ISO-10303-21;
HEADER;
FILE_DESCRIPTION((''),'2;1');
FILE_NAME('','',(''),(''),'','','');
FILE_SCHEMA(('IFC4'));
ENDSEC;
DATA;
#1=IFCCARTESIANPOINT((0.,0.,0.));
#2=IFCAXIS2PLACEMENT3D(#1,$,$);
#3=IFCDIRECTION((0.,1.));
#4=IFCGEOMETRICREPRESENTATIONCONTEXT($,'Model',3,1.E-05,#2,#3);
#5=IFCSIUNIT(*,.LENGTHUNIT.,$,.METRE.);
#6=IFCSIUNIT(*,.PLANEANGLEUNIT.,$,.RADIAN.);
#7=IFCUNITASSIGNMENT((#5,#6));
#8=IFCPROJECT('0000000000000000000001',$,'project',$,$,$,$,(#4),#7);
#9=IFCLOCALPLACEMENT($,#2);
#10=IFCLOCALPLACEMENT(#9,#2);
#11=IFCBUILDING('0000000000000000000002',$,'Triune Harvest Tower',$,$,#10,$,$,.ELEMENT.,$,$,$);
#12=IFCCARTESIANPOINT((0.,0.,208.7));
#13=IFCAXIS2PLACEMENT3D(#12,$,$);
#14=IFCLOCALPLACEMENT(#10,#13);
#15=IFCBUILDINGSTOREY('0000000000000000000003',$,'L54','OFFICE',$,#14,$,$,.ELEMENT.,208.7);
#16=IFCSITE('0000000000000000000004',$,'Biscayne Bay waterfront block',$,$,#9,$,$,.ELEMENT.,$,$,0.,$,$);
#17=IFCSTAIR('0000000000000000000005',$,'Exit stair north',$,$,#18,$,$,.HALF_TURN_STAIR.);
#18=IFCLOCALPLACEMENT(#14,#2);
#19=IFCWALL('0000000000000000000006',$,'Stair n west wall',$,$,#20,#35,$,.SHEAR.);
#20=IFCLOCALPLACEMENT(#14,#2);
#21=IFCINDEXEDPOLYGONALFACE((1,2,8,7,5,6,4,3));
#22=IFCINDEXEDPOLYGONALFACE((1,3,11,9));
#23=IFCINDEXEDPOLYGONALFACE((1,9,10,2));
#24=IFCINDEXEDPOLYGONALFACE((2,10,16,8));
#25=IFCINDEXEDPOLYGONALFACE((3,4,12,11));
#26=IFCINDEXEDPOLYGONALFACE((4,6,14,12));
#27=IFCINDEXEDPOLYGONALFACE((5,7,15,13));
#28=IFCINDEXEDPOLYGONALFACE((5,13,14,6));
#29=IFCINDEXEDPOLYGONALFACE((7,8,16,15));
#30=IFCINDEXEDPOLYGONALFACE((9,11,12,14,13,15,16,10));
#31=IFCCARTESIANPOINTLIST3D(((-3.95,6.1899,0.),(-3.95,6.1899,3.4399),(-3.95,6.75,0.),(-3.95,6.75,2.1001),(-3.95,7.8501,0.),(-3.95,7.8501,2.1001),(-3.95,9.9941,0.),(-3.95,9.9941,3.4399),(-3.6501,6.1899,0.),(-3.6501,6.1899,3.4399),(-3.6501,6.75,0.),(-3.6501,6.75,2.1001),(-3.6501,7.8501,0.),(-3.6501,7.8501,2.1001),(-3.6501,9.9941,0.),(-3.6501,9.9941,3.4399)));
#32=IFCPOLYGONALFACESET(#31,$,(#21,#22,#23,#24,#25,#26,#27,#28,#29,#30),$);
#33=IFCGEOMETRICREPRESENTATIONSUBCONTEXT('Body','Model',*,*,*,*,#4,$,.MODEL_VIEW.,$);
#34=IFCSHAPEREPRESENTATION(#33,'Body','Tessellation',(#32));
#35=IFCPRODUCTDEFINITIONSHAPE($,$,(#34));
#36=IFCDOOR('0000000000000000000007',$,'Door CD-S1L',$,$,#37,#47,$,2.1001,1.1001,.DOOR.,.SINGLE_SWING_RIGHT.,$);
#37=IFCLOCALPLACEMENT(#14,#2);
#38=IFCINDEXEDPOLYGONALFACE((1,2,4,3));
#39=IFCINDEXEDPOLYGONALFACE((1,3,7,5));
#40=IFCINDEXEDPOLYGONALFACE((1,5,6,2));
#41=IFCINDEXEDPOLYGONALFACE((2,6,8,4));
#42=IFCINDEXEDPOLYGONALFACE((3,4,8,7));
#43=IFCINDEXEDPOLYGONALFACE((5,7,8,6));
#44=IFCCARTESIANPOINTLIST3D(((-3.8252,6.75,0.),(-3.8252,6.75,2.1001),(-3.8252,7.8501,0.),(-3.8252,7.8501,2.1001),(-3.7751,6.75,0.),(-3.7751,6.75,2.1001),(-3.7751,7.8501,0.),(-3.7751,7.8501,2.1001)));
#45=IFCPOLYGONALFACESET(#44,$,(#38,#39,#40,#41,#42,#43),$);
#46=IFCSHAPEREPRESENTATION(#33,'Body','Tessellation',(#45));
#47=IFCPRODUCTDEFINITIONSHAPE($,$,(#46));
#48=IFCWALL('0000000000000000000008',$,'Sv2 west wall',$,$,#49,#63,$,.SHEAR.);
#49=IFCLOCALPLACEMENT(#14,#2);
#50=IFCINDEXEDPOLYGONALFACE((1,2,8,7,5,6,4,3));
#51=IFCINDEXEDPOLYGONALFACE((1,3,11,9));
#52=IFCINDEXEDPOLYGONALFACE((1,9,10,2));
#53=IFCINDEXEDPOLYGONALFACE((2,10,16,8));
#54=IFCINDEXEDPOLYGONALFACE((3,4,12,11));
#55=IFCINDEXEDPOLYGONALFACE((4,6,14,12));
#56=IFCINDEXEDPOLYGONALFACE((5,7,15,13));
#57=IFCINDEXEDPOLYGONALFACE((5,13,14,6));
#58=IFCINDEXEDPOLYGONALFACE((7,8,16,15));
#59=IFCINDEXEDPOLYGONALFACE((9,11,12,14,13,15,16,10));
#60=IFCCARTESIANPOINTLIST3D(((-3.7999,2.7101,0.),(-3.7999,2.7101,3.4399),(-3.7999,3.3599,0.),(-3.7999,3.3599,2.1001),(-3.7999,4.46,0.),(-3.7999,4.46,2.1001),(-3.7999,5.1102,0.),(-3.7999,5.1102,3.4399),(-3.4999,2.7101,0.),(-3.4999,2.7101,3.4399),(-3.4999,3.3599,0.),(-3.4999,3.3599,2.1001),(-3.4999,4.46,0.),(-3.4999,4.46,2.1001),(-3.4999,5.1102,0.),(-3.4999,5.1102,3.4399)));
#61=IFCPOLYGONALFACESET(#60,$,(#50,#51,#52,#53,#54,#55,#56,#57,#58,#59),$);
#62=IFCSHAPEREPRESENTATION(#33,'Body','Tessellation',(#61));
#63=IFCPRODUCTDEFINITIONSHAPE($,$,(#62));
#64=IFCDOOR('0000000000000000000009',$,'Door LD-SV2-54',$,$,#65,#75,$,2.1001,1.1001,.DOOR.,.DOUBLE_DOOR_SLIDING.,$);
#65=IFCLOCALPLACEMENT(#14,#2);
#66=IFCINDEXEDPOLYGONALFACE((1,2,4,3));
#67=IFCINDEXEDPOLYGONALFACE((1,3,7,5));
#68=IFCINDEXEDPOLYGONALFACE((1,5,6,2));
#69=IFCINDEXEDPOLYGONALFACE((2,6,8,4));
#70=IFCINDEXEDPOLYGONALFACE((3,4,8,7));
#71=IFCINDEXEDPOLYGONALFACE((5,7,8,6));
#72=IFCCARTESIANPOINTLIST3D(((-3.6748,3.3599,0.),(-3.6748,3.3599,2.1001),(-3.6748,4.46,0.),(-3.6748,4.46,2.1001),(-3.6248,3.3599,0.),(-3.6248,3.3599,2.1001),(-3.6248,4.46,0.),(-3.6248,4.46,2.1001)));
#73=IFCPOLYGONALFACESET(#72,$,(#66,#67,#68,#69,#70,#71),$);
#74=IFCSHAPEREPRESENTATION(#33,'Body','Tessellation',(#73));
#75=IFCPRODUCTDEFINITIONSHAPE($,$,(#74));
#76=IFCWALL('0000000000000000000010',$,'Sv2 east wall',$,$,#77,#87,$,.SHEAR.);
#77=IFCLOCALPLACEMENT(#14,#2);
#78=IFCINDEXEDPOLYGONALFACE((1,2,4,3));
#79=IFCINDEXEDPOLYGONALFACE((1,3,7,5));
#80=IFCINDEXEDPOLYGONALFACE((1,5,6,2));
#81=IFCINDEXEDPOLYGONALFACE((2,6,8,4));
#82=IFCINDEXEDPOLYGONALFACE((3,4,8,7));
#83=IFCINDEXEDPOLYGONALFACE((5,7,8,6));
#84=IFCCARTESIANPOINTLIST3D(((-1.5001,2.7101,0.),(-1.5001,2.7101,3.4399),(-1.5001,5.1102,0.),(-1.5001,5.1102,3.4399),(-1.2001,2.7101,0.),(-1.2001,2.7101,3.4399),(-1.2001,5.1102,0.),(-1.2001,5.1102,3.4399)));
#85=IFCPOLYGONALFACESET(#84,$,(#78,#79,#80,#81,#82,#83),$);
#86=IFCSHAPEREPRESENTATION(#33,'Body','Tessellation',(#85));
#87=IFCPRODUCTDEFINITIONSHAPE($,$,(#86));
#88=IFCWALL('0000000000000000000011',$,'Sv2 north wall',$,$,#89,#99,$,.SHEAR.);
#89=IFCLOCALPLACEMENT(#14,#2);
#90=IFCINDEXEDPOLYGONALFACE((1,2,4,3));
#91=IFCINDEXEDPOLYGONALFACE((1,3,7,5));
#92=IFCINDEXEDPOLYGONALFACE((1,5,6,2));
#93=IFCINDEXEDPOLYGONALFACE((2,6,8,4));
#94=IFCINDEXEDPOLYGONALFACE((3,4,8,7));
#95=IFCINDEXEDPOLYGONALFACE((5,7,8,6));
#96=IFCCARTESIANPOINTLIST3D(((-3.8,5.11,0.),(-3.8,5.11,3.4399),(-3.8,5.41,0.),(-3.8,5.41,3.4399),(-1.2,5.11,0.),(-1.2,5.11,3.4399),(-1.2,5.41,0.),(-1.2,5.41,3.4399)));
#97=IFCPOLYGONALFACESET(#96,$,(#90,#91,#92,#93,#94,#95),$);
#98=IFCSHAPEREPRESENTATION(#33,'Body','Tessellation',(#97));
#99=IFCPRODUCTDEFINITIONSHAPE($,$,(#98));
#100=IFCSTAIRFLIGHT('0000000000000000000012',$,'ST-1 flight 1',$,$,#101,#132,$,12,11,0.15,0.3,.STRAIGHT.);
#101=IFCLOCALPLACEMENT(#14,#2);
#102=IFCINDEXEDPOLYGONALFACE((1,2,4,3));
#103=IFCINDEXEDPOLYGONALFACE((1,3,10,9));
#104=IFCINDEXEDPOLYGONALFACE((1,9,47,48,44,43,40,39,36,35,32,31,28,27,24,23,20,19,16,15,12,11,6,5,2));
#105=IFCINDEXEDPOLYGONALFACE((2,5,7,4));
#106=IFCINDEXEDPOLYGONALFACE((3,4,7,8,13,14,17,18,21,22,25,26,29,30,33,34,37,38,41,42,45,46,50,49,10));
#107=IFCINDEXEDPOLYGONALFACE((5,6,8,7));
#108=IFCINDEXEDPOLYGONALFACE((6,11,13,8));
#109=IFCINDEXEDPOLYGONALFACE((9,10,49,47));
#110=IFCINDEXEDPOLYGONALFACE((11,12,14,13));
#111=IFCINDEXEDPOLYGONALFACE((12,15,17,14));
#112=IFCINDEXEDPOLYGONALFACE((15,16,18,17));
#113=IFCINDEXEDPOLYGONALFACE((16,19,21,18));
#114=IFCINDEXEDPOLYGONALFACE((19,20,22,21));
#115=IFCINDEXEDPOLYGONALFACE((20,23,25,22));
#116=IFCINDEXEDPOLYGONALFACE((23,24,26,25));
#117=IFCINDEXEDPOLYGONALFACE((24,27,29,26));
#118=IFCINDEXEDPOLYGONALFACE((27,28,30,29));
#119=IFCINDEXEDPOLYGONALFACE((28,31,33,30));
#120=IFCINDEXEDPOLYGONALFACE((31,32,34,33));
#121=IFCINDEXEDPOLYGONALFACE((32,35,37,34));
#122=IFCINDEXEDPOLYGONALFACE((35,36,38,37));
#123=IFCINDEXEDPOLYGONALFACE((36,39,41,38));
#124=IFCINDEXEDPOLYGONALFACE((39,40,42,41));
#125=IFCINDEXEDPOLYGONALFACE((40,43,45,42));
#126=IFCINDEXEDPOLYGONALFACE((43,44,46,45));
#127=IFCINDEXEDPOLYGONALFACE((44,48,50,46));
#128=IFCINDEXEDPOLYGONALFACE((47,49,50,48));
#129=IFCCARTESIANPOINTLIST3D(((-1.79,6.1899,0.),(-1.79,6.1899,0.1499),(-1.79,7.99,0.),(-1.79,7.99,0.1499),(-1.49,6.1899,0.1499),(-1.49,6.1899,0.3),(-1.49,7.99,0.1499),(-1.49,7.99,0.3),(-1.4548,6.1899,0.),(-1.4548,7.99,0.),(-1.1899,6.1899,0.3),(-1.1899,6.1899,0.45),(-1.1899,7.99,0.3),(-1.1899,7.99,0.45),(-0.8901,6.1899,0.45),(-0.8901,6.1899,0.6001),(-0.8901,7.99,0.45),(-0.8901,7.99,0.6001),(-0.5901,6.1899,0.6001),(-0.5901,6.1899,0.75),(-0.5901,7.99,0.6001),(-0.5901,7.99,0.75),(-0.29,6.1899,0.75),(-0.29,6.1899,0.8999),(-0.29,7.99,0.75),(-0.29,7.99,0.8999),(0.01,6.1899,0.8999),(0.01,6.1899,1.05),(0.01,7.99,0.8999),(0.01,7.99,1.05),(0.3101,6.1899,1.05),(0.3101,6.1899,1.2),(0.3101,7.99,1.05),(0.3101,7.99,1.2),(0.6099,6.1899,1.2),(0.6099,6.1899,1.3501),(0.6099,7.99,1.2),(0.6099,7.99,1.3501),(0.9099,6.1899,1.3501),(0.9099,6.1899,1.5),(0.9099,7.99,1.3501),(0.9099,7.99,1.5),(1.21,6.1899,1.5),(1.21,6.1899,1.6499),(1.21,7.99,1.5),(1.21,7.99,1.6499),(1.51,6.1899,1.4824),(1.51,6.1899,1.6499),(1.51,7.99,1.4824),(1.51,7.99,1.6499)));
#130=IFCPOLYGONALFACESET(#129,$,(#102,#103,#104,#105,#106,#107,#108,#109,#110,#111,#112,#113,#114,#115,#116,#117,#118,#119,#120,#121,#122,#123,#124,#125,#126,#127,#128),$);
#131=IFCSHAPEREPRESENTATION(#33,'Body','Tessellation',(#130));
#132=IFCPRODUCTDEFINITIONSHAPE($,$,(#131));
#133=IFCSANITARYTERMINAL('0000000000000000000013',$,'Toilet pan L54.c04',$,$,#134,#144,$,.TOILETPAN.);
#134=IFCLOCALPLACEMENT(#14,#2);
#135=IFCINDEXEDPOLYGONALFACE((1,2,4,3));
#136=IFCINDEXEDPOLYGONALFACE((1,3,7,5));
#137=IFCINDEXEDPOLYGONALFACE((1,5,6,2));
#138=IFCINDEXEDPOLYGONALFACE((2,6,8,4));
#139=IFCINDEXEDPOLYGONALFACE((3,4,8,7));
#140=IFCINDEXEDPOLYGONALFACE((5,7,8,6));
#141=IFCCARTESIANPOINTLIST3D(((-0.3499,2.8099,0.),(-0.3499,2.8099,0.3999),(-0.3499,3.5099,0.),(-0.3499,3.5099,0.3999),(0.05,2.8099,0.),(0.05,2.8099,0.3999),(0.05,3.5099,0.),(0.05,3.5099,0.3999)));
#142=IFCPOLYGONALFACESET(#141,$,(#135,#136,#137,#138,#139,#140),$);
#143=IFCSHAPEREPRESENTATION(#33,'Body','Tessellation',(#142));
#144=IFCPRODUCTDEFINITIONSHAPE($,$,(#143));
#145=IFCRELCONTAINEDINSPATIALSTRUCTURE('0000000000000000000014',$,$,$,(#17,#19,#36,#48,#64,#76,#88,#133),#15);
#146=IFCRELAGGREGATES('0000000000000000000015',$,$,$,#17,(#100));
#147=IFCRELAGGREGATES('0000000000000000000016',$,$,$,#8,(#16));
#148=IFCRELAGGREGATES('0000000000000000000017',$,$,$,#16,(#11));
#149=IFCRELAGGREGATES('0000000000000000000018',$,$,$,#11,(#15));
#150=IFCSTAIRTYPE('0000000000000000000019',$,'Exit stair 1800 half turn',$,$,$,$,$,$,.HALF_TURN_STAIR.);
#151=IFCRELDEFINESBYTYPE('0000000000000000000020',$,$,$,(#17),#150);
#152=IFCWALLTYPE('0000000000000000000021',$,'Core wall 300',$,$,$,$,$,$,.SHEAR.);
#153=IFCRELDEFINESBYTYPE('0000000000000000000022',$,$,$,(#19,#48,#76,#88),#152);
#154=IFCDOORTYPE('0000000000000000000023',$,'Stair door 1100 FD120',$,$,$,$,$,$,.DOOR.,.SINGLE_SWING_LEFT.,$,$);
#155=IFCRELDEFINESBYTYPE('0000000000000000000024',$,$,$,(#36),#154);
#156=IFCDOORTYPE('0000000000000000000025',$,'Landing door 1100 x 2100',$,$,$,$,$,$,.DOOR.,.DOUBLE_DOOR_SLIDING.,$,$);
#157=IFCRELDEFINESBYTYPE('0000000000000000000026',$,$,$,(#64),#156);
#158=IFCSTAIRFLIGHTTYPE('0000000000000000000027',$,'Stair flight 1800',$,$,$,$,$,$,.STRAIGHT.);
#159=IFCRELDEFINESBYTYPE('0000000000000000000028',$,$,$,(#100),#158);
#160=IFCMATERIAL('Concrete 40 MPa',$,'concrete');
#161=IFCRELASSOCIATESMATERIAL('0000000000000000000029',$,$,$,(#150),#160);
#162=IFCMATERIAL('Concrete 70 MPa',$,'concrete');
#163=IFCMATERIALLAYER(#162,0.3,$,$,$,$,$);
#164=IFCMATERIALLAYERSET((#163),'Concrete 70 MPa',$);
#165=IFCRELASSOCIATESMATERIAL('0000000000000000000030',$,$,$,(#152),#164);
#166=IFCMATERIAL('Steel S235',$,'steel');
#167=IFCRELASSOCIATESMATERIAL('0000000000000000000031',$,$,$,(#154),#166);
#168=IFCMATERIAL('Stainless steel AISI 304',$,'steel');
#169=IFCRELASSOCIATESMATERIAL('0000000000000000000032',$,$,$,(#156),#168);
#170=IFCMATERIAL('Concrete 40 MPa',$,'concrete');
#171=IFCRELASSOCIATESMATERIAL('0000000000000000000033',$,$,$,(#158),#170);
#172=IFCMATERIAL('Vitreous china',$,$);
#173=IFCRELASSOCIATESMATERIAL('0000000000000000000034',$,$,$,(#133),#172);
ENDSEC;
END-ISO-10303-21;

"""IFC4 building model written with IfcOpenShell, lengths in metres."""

from ifc_helpers import new_model, si_unit, direction, frame, frame_2d, origin, origin_2d, place, context, subcontext, project, spatial, polyline, rectangle, outline, extrude, source, transform, mapped, material, layer, layer_set, type_object, element, fill, aggregate, save


model = new_model("IFC4")

# Units and contexts
model_context = context("Model", 3, precision=1e-05, world=origin(), true_north=direction((0.0, 1.0)))
body_context = subcontext(model_context, "Body", "Model", "MODEL_VIEW")
ifc_project = project(units=[si_unit("LENGTHUNIT", "METRE"), si_unit("PLANEANGLEUNIT", "RADIAN")], contexts=[model_context])

# Site, building, storey
site_placement = place(None, origin())
site = spatial("IfcSite", under=ifc_project, at=site_placement, Name="Biscayne Bay waterfront block", CompositionType="ELEMENT", RefElevation=0.0)
building_placement = place(site_placement, origin())
building = spatial("IfcBuilding", under=site, at=building_placement, Name="Triune Harvest Tower", CompositionType="ELEMENT")
storey_placement = place(building_placement, frame((0.0, 0.0, 208.7)))
storey = spatial("IfcBuildingStorey", under=building, at=storey_placement, Name="L54", Description="OFFICE", CompositionType="ELEMENT", Elevation=208.7)

# Stair
ifc_material_1 = material(Name="Concrete 40 MPa", Category="concrete")
stair_type = type_object("IfcStairType", Name="Exit stair 1800 half turn", PredefinedType="HALF_TURN_STAIR", material=ifc_material_1)
stair_1_placement = place(storey_placement, origin())
stair_1 = element("IfcStair", 1, at=stair_1_placement, inside=storey, type_object=stair_type, Name="Exit stair north", PredefinedType="HALF_TURN_STAIR")

# Shared definitions
ifc_material_2 = material(Name="Concrete 70 MPa", Category="concrete")
ifc_layer_1 = layer(ifc_material_2, 0.3)
ifc_layer_set_1 = layer_set([ifc_layer_1], Name="Concrete 70 MPa")
wall_type = type_object("IfcWallType", Name="Core wall 300", PredefinedType="SHEAR", material=ifc_layer_set_1)

# Walls, openings, doors
shared_shape_1 = source(origin(), body_context, "Body", "SweptSolid", [
    extrude(outline(polyline([(0.0, -0.1499), (0.0, 0.1499), (3.8042, 0.1499), (3.8042, -0.1499), (0.0, -0.1499)])), origin(), (0.0, 0.0, 1.0), 3.4399),
])
wall_1_placement = place(storey_placement, frame((-3.8, 6.1899, 0.0), z_axis=(0.0, 0.0, 1.0), x_axis=(0.0, 1.0, 0.0)))
wall_1 = element("IfcWall", 2, at=wall_1_placement, inside=storey, type_object=wall_type, Name="Stair n west wall", PredefinedType="SHEAR", context=body_context, shape_type="MappedRepresentation", body=[
    mapped(shared_shape_1, transform((0.0, 0.0, 0.0), scale=1.0)),
])
opening_1_placement = place(wall_1_placement, frame((0.5601, 0.0, 0.0)))
opening_1 = element("IfcOpeningElement", 3, at=opening_1_placement, cuts=wall_1, PredefinedType="OPENING", context=body_context, shape_type="SweptSolid", body=[
    extrude(rectangle(XDim=1.1001, YDim=2.1001, at=frame_2d((0.55, 1.05))), frame((0.0, 0.1602, 0.0), z_axis=(0.0, -1.0, 0.0), x_axis=(1.0, 0.0, 0.0)), (0.0, 0.0, 1.0), 0.3201),
])
ifc_material_3 = material(Name="Steel S235", Category="steel")
door_type_1 = type_object("IfcDoorType", Name="Stair door 1100 FD120", OperationType="SINGLE_SWING_LEFT", PredefinedType="DOOR", material=ifc_material_3)
door_1_placement = place(opening_1_placement, frame((1.1001, 0.0, 0.0), z_axis=(0.0, 0.0, 1.0), x_axis=(-1.0, 0.0, 0.0)))
door_1 = element("IfcDoor", 4, at=door_1_placement, inside=storey, type_object=door_type_1, Name="Door CD-S1L", OperationType="SINGLE_SWING_RIGHT", OverallHeight=2.1001, OverallWidth=1.1001, PredefinedType="DOOR", context=body_context, shape_type="SweptSolid", body=[
    extrude(rectangle(XDim=1.1001, YDim=2.1001, at=frame_2d((0.55, 1.05))), frame((0.0, 0.0249, 0.0), z_axis=(0.0, -1.0, 0.0), x_axis=(1.0, 0.0, 0.0)), (0.0, 0.0, 1.0), 0.05),
])
fill(opening_1, door_1)
shared_shape_2 = source(origin(), body_context, "Body", "SweptSolid", [
    extrude(rectangle(XDim=2.4001, YDim=0.3, at=frame_2d((1.2002, 0.0))), origin(), (0.0, 0.0, 1.0), 3.4399),
])
wall_2_placement = place(storey_placement, frame((-3.6499, 2.71, 0.0), z_axis=(0.0, 0.0, 1.0), x_axis=(0.0, 1.0, 0.0)))
wall_2 = element("IfcWall", 5, at=wall_2_placement, inside=storey, type_object=wall_type, Name="Sv2 west wall", PredefinedType="SHEAR", context=body_context, shape_type="MappedRepresentation", body=[
    mapped(shared_shape_2, transform((0.0, 0.0, 0.0), scale=1.0)),
])
opening_2_placement = place(wall_2_placement, frame((0.6499, 0.0, 0.0)))
opening_2 = element("IfcOpeningElement", 6, at=opening_2_placement, cuts=wall_2, PredefinedType="OPENING", context=body_context, shape_type="SweptSolid", body=[
    extrude(rectangle(XDim=1.1001, YDim=2.1001, at=frame_2d((0.55, 1.05))), frame((0.0, 0.1602, 0.0), z_axis=(0.0, -1.0, 0.0), x_axis=(1.0, 0.0, 0.0)), (0.0, 0.0, 1.0), 0.3201),
])
ifc_material_4 = material(Name="Stainless steel AISI 304", Category="steel")
door_type_2 = type_object("IfcDoorType", Name="Landing door 1100 x 2100", OperationType="DOUBLE_DOOR_SLIDING", PredefinedType="DOOR", material=ifc_material_4)
door_2_placement = place(opening_2_placement, origin())
door_2 = element("IfcDoor", 7, at=door_2_placement, inside=storey, type_object=door_type_2, Name="Door LD-SV2-54", OperationType="DOUBLE_DOOR_SLIDING", OverallHeight=2.1001, OverallWidth=1.1001, PredefinedType="DOOR", context=body_context, shape_type="SweptSolid", body=[
    extrude(rectangle(XDim=1.1001, YDim=2.1001, at=frame_2d((0.55, 1.05))), frame((0.0, 0.0249, 0.0), z_axis=(0.0, -1.0, 0.0), x_axis=(1.0, 0.0, 0.0)), (0.0, 0.0, 1.0), 0.05),
])
fill(opening_2, door_2)

# Walls
wall_3_placement = place(storey_placement, frame((-1.3501, 2.71, 0.0), z_axis=(0.0, 0.0, 1.0), x_axis=(0.0, 1.0, 0.0)))
element("IfcWall", 8, at=wall_3_placement, inside=storey, type_object=wall_type, Name="Sv2 east wall", PredefinedType="SHEAR", context=body_context, shape_type="MappedRepresentation", body=[
    mapped(shared_shape_2, transform((0.0, 0.0, 0.0), scale=1.0)),
])
shared_shape_3 = source(origin(), body_context, "Body", "SweptSolid", [
    extrude(rectangle(XDim=2.6001, YDim=0.3, at=frame_2d((1.3, 0.0))), origin(), (0.0, 0.0, 1.0), 3.4399),
])
wall_4_placement = place(storey_placement, frame((-3.8, 5.26, 0.0), z_axis=(0.0, 0.0, 1.0), x_axis=(1.0, 0.0, 0.0)))
element("IfcWall", 9, at=wall_4_placement, inside=storey, type_object=wall_type, Name="Sv2 north wall", PredefinedType="SHEAR", context=body_context, shape_type="MappedRepresentation", body=[
    mapped(shared_shape_3, transform((0.0, 0.0, 0.0), scale=1.0)),
])

# Stair flight
ifc_material_5 = material(Name="Concrete 40 MPa", Category="concrete")
stair_flight_type = type_object("IfcStairFlightType", Name="Stair flight 1800", PredefinedType="STRAIGHT", material=ifc_material_5)
shared_shape_4 = source(origin(), body_context, "Body", "SweptSolid", [
    extrude(outline(polyline([(0.0, 0.0), (0.0, 0.1499), (0.3, 0.1499), (0.3, 0.3), (0.6001, 0.3), (0.6001, 0.45), (0.8999, 0.45), (0.8999, 0.6001), (1.2, 0.6001), (1.2, 0.75), (1.5, 0.75), (1.5, 0.8999), (1.8, 0.8999), (1.8, 1.05), (2.1001, 1.05), (2.1001, 1.2), (2.3999, 1.2), (2.3999, 1.3501), (2.7, 1.3501), (2.7, 1.5), (3.0, 1.5), (3.0, 1.6499), (3.3, 1.6499), (3.3, 1.8), (3.3, 1.4824), (0.3352, 0.0), (0.0, 0.0)])), frame((0.0, 0.8999, 0.0), z_axis=(0.0, -1.0, 0.0), x_axis=(1.0, 0.0, 0.0)), (0.0, 0.0, 1.0), 1.8),
])
stair_flight_placement = place(storey_placement, frame((-1.79, 7.0901, 0.0), z_axis=(0.0, 0.0, 1.0), x_axis=(1.0, 0.0, 0.0)))
stair_flight = element("IfcStairFlight", 10, at=stair_flight_placement, type_object=stair_flight_type, Name="ST-1 flight 1", NumberOfRisers=12, NumberOfTreads=11, PredefinedType="STRAIGHT", RiserHeight=0.15, TreadLength=0.3, context=body_context, shape_type="MappedRepresentation", body=[
    mapped(shared_shape_4, transform((0.0, 0.0, 0.0), scale=1.0)),
])
aggregate(stair_1, [stair_flight])

# Sanitary terminal
ifc_material_6 = material(Name="Vitreous china")
shared_shape_5 = source(origin(), body_context, "Body", "SweptSolid", [
    extrude(rectangle(XDim=0.3999, YDim=0.7, at=origin_2d()), origin(), (0.0, 0.0, 1.0), 0.3999),
])
sanitary_terminal_placement = place(storey_placement, frame((-0.1499, 3.1599, 0.0), z_axis=(0.0, 0.0, 1.0), x_axis=(-1.0, 0.0, 0.0)))
element("IfcSanitaryTerminal", 11, at=sanitary_terminal_placement, inside=storey, material=ifc_material_6, Name="Toilet pan L54.c04", PredefinedType="TOILETPAN", context=body_context, shape_type="MappedRepresentation", body=[
    mapped(shared_shape_5, transform((0.0, 0.0, 0.0), scale=1.0)),
])

save(model, "model.ifc")
